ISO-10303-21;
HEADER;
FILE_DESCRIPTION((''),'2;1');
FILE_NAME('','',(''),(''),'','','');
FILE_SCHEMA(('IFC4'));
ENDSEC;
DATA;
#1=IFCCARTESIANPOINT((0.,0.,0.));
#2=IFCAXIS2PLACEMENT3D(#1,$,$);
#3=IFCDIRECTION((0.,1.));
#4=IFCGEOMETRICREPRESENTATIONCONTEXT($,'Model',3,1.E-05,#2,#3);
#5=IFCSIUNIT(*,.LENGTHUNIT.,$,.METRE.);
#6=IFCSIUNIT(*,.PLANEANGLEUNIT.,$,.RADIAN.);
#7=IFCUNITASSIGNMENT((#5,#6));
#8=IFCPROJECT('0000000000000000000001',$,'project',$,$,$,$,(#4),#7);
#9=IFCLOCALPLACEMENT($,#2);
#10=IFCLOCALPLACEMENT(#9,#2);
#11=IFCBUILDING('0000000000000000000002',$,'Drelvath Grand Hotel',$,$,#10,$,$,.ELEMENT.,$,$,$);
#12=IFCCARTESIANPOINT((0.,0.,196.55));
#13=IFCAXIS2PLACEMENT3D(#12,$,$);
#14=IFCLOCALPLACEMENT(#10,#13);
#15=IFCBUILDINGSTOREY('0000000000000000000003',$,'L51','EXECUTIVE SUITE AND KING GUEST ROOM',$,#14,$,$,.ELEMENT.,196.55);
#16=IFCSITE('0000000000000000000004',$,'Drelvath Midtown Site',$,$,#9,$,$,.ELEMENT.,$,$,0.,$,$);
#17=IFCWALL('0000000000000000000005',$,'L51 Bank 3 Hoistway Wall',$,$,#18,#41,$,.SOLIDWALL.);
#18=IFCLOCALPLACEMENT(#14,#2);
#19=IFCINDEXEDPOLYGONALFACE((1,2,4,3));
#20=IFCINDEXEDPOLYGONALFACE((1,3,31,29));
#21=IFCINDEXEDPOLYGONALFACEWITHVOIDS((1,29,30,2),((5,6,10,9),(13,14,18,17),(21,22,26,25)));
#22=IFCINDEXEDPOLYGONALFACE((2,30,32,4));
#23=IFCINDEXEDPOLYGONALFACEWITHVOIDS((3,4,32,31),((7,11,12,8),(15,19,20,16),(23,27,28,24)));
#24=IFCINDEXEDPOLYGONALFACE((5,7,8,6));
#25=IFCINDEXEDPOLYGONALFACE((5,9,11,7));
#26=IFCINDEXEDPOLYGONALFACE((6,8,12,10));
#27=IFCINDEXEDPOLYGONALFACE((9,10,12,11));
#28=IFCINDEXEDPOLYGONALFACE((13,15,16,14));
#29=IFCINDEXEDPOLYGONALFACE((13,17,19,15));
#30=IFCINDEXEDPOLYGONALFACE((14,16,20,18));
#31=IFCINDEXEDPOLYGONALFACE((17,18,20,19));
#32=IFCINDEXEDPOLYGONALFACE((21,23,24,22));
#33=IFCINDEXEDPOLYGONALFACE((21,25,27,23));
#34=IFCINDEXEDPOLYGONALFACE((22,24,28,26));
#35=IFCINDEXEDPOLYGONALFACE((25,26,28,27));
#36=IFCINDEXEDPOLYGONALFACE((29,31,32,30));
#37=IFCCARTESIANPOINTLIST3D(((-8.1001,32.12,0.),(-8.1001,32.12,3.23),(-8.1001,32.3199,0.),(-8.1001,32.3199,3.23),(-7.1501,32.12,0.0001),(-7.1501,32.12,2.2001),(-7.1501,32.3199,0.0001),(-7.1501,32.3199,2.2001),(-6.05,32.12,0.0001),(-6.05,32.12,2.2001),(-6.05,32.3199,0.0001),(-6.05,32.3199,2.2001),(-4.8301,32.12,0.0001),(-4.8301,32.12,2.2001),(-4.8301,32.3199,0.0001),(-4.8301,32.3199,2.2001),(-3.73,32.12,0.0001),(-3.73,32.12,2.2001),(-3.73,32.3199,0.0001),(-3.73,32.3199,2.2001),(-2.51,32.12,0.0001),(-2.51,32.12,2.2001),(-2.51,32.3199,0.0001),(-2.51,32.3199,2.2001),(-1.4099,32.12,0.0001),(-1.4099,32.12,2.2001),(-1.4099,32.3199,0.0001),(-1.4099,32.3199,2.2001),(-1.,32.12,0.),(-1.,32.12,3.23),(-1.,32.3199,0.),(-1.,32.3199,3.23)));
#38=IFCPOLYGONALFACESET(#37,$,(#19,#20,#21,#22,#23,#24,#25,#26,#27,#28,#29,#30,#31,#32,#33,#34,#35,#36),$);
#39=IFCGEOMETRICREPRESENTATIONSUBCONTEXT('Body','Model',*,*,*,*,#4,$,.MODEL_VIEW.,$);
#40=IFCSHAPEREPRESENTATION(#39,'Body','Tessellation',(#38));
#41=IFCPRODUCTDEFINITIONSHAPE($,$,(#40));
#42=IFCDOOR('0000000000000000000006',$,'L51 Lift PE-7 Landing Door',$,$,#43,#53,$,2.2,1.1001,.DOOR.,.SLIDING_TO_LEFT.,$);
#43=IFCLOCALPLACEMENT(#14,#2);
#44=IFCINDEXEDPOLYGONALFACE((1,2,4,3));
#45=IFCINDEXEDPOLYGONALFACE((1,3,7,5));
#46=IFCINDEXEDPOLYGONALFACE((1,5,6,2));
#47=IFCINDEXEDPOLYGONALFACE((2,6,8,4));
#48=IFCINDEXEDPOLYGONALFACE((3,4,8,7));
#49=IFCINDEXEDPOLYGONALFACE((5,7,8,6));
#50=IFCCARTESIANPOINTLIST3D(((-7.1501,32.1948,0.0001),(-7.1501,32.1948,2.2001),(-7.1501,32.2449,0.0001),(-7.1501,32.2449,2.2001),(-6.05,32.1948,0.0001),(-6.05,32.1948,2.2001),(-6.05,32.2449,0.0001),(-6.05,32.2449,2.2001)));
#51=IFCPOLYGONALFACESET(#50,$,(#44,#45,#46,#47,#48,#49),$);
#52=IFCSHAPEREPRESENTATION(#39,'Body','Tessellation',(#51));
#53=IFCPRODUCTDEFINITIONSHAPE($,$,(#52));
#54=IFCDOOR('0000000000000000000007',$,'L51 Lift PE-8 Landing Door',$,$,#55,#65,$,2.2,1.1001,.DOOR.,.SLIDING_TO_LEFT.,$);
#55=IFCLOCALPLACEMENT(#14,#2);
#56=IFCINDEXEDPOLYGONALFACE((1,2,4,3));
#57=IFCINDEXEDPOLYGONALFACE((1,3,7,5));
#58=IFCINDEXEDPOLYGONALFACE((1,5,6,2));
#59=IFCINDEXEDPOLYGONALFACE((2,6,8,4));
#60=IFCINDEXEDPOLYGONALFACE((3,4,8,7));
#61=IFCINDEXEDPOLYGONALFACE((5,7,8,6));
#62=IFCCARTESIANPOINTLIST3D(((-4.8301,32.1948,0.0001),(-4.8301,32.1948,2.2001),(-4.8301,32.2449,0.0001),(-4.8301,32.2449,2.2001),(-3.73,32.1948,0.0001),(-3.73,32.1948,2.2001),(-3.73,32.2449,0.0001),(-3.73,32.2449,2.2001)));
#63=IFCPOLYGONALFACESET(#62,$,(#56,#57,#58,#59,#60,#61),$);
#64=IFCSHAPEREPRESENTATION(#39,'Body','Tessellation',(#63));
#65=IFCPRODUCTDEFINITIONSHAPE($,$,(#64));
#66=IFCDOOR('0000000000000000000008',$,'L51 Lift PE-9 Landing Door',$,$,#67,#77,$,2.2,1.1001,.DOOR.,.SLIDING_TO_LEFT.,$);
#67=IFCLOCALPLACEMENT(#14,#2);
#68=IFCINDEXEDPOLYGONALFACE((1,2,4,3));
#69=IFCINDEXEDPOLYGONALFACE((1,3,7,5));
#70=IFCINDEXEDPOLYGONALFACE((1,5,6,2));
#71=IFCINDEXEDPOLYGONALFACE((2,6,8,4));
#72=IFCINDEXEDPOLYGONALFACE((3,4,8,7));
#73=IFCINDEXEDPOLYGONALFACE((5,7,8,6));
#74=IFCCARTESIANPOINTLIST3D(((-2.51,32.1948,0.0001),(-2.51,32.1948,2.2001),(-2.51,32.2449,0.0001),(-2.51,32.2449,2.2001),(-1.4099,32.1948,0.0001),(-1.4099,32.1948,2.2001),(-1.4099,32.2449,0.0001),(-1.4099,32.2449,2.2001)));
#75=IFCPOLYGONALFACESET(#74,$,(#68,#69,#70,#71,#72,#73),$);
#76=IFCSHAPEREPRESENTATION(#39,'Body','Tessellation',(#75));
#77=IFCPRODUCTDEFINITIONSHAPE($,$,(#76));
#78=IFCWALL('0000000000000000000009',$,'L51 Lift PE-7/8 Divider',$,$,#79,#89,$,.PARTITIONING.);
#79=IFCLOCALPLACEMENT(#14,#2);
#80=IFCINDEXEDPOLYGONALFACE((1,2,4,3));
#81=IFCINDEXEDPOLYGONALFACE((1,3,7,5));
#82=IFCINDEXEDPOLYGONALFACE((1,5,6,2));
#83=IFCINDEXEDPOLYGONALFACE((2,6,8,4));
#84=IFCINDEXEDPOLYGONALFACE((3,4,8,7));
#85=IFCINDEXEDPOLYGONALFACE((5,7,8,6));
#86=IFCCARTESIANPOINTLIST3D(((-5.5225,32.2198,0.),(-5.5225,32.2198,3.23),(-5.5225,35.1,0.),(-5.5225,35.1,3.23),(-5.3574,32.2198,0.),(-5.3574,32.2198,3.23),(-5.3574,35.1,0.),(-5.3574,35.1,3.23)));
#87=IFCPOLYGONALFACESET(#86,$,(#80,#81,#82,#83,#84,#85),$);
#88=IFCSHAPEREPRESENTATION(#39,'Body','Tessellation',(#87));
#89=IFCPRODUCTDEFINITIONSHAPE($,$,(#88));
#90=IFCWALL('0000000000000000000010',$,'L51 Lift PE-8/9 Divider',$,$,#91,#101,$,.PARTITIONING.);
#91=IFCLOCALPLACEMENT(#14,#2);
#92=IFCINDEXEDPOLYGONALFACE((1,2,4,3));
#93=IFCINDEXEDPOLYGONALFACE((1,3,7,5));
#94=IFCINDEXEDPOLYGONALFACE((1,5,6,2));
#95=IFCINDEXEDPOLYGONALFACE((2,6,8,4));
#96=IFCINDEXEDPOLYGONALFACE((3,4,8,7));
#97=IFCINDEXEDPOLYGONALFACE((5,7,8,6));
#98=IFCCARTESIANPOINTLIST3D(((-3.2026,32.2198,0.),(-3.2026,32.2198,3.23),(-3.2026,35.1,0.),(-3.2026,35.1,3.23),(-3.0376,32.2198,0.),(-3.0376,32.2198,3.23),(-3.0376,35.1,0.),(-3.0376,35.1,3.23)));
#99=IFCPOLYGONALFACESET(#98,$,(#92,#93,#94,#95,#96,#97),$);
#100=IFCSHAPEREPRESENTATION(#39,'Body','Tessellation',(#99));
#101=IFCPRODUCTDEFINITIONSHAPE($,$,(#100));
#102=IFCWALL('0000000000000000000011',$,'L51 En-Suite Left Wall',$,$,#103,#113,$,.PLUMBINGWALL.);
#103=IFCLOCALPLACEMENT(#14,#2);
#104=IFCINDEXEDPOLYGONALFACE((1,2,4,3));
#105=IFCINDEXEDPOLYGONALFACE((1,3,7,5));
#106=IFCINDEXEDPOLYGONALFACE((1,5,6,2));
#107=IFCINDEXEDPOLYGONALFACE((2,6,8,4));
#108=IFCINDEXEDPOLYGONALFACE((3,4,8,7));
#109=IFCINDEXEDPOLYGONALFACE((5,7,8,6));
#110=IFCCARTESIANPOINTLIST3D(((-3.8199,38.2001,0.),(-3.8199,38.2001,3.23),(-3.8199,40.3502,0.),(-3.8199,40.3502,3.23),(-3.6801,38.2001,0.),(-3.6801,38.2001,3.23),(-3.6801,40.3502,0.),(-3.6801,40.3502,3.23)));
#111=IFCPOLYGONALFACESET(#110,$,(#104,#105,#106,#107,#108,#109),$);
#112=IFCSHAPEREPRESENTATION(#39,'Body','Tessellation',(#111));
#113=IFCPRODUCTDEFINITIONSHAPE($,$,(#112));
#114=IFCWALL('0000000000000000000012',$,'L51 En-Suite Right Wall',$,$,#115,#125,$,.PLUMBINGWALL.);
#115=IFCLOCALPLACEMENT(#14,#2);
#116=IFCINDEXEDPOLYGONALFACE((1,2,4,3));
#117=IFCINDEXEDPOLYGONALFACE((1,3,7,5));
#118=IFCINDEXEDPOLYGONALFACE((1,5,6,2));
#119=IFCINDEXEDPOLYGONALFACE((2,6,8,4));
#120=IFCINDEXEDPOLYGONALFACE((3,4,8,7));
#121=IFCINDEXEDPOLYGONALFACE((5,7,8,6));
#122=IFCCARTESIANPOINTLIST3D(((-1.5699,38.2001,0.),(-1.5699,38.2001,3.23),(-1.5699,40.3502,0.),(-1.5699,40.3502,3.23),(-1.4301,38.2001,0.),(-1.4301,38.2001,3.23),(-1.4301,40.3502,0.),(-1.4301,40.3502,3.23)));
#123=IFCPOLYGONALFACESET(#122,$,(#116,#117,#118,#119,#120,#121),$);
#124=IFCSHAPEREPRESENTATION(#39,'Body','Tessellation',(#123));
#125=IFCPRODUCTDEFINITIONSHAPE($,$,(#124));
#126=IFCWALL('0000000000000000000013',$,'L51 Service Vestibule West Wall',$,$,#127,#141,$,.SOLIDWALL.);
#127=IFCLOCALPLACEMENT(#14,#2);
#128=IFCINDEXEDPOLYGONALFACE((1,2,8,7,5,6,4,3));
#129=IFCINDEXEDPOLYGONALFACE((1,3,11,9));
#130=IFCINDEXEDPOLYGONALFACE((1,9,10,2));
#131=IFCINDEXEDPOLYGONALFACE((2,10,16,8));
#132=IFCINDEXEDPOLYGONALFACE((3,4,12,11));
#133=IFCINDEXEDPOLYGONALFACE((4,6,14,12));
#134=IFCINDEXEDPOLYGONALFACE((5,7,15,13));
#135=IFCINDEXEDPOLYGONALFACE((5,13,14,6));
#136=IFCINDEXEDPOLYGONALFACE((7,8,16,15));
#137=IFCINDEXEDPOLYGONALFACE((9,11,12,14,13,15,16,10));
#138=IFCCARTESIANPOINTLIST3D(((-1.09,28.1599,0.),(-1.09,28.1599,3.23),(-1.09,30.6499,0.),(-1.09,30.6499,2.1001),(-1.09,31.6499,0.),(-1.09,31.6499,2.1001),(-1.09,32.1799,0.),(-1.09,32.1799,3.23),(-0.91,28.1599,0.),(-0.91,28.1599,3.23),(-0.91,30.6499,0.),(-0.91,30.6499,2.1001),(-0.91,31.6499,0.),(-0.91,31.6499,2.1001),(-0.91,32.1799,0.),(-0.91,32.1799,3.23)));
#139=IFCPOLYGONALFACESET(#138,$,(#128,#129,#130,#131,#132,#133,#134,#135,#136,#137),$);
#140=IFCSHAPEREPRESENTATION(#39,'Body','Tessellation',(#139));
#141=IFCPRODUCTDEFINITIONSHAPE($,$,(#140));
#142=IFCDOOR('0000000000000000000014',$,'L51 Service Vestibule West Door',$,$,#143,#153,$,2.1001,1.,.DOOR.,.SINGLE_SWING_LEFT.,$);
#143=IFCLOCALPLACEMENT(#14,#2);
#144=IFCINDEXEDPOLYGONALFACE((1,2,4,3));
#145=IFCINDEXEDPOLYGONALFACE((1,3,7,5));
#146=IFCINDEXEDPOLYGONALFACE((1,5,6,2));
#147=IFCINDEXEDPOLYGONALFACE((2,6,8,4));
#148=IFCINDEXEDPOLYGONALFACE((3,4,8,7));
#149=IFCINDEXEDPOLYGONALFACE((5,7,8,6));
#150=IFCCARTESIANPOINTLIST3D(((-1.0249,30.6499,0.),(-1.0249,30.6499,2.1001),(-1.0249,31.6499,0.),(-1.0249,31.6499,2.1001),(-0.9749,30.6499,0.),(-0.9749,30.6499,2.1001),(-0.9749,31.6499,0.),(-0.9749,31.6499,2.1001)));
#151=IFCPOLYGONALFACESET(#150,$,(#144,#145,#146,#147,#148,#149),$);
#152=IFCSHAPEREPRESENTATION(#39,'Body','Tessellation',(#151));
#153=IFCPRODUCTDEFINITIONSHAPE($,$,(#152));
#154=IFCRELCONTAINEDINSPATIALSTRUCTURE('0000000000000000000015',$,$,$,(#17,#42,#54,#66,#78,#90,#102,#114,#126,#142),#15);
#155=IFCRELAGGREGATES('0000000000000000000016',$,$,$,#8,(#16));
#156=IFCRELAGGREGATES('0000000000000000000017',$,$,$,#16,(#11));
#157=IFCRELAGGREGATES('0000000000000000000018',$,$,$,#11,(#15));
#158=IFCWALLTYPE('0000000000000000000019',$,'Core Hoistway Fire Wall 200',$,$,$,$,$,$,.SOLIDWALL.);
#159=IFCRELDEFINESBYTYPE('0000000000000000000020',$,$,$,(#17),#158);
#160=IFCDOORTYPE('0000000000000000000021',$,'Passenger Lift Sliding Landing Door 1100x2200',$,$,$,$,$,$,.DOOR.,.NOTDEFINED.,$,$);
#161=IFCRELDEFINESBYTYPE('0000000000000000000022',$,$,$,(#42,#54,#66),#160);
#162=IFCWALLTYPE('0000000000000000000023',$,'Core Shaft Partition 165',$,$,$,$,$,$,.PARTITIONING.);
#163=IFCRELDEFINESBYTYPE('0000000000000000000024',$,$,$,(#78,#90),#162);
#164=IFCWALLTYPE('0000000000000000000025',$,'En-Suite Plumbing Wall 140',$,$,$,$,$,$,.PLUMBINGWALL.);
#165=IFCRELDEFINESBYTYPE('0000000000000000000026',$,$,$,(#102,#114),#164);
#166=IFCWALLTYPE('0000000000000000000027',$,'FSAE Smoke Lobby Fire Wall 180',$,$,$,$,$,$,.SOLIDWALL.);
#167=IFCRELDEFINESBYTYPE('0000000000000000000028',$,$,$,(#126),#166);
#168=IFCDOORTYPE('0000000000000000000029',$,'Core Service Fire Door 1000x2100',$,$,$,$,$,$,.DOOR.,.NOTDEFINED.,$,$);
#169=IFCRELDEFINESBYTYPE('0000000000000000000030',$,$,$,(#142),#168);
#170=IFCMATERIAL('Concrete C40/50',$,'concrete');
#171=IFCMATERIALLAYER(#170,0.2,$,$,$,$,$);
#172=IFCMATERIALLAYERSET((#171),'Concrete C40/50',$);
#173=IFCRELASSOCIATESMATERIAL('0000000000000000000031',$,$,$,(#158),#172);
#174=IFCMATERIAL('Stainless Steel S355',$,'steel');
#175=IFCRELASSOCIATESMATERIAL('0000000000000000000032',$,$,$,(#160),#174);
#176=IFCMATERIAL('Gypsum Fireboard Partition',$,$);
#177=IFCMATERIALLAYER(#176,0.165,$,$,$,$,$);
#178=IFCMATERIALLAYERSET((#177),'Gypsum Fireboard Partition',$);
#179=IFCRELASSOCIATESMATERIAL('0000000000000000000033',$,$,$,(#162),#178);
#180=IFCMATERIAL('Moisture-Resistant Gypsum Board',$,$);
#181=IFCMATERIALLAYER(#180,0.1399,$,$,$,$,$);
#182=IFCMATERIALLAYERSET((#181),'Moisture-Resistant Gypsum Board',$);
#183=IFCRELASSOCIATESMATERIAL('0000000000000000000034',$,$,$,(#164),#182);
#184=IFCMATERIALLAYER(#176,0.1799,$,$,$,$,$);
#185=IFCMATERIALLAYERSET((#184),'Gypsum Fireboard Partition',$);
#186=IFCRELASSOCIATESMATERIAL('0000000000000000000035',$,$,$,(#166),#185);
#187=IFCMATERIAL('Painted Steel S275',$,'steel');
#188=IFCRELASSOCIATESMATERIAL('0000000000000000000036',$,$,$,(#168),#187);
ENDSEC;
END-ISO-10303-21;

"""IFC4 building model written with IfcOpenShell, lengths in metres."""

from ifc_helpers import new_model, si_unit, direction, frame, frame_2d, origin, place, context, subcontext, project, spatial, rectangle, extrude, material, layer, layer_set, type_object, element, fill, save


model = new_model("IFC4")

# Units and contexts
model_context = context("Model", 3, precision=1e-05, world=origin(), true_north=direction((0.0, 1.0)))
body_context = subcontext(model_context, "Body", "Model", "MODEL_VIEW")
ifc_project = project(units=[si_unit("LENGTHUNIT", "METRE"), si_unit("PLANEANGLEUNIT", "RADIAN")], contexts=[model_context])

# Site, building, storey
site_placement = place(None, origin())
site = spatial("IfcSite", under=ifc_project, at=site_placement, Name="Drelvath Midtown Site", CompositionType="ELEMENT", RefElevation=0.0)
building_placement = place(site_placement, origin())
building = spatial("IfcBuilding", under=site, at=building_placement, Name="Drelvath Grand Hotel", CompositionType="ELEMENT")
storey_placement = place(building_placement, frame((0.0, 0.0, 196.55)))
storey = spatial("IfcBuildingStorey", under=building, at=storey_placement, Name="L51", Description="EXECUTIVE SUITE AND KING GUEST ROOM", CompositionType="ELEMENT", Elevation=196.55)

# Shared definitions
ifc_material_1 = material(Name="Painted Steel S275", Category="steel")

# Wall, openings, doors
ifc_material_2 = material(Name="Concrete C40/50", Category="concrete")
ifc_layer_1 = layer(ifc_material_2, 0.2)
ifc_layer_set_1 = layer_set([ifc_layer_1], Name="Concrete C40/50")
wall_type_1 = type_object("IfcWallType", Name="Core Hoistway Fire Wall 200", PredefinedType="SOLIDWALL", material=ifc_layer_set_1)
ifc_material_3 = material(Name="Stainless Steel S355", Category="steel")
wall_1_placement = place(storey_placement, frame((-8.1001, 32.22, 0.0), z_axis=(0.0, 0.0, 1.0), x_axis=(1.0, 0.0, 0.0)))
wall_1 = element("IfcWall", 1, at=wall_1_placement, inside=storey, type_object=wall_type_1, Name="L51 Bank 3 Hoistway Wall", PredefinedType="SOLIDWALL", context=body_context, shape_type="SweptSolid", body=[
    extrude(rectangle(XDim=7.1001, YDim=0.2, at=frame_2d((3.55, 0.0))), origin(), (0.0, 0.0, 1.0), 3.23),
])
opening_1_placement = place(wall_1_placement, frame((0.95, 0.0, 0.0)))
opening_1 = element("IfcOpeningElement", 2, at=opening_1_placement, cuts=wall_1, PredefinedType="OPENING", context=body_context, shape_type="SweptSolid", body=[
    extrude(rectangle(XDim=1.1001, YDim=2.2, at=frame_2d((0.55, 1.1001))), frame((0.0, 0.1099, 0.0), z_axis=(0.0, -1.0, 0.0), x_axis=(1.0, 0.0, 0.0)), (0.0, 0.0, 1.0), 0.22),
])
opening_2_placement = place(wall_1_placement, frame((3.27, 0.0, 0.0)))
opening_2 = element("IfcOpeningElement", 3, at=opening_2_placement, cuts=wall_1, PredefinedType="OPENING", context=body_context, shape_type="SweptSolid", body=[
    extrude(rectangle(XDim=1.1001, YDim=2.2, at=frame_2d((0.55, 1.1001))), frame((0.0, 0.1099, 0.0), z_axis=(0.0, -1.0, 0.0), x_axis=(1.0, 0.0, 0.0)), (0.0, 0.0, 1.0), 0.22),
])
opening_3_placement = place(wall_1_placement, frame((5.5901, 0.0, 0.0)))
opening_3 = element("IfcOpeningElement", 4, at=opening_3_placement, cuts=wall_1, PredefinedType="OPENING", context=body_context, shape_type="SweptSolid", body=[
    extrude(rectangle(XDim=1.1001, YDim=2.2, at=frame_2d((0.55, 1.1001))), frame((0.0, 0.1099, 0.0), z_axis=(0.0, -1.0, 0.0), x_axis=(1.0, 0.0, 0.0)), (0.0, 0.0, 1.0), 0.22),
])
door_type_1 = type_object("IfcDoorType", Name="Passenger Lift Sliding Landing Door 1100x2200", OperationType="NOTDEFINED", PredefinedType="DOOR", material=ifc_material_3)
door_1_placement = place(opening_1_placement, origin())
door_1 = element("IfcDoor", 5, at=door_1_placement, inside=storey, type_object=door_type_1, Name="L51 Lift PE-7 Landing Door", OperationType="SLIDING_TO_LEFT", OverallHeight=2.2, OverallWidth=1.1001, PredefinedType="DOOR", context=body_context, shape_type="SweptSolid", body=[
    extrude(rectangle(XDim=1.1001, YDim=2.2, at=frame_2d((0.55, 1.1001))), frame((0.0, 0.0249, 0.0), z_axis=(0.0, -1.0, 0.0), x_axis=(1.0, 0.0, 0.0)), (0.0, 0.0, 1.0), 0.05),
])
fill(opening_1, door_1)
door_2_placement = place(opening_2_placement, origin())
door_2 = element("IfcDoor", 6, at=door_2_placement, inside=storey, type_object=door_type_1, Name="L51 Lift PE-8 Landing Door", OperationType="SLIDING_TO_LEFT", OverallHeight=2.2, OverallWidth=1.1001, PredefinedType="DOOR", context=body_context, shape_type="SweptSolid", body=[
    extrude(rectangle(XDim=1.1001, YDim=2.2, at=frame_2d((0.55, 1.1001))), frame((0.0, 0.0249, 0.0), z_axis=(0.0, -1.0, 0.0), x_axis=(1.0, 0.0, 0.0)), (0.0, 0.0, 1.0), 0.05),
])
fill(opening_2, door_2)
door_3_placement = place(opening_3_placement, origin())
door_3 = element("IfcDoor", 7, at=door_3_placement, inside=storey, type_object=door_type_1, Name="L51 Lift PE-9 Landing Door", OperationType="SLIDING_TO_LEFT", OverallHeight=2.2, OverallWidth=1.1001, PredefinedType="DOOR", context=body_context, shape_type="SweptSolid", body=[
    extrude(rectangle(XDim=1.1001, YDim=2.2, at=frame_2d((0.55, 1.1001))), frame((0.0, 0.0249, 0.0), z_axis=(0.0, -1.0, 0.0), x_axis=(1.0, 0.0, 0.0)), (0.0, 0.0, 1.0), 0.05),
])
fill(opening_3, door_3)

# Walls
ifc_material_4 = material(Name="Gypsum Fireboard Partition")
ifc_layer_2 = layer(ifc_material_4, 0.165)
ifc_layer_set_2 = layer_set([ifc_layer_2], Name="Gypsum Fireboard Partition")
wall_type_2 = type_object("IfcWallType", Name="Core Shaft Partition 165", PredefinedType="PARTITIONING", material=ifc_layer_set_2)
for number, where, z_axis, x_axis, name in (
    (8, (-5.4399, 32.22, 0.0), (0.0, 0.0, 1.0), (0.0, 1.0, 0.0), "L51 Lift PE-7/8 Divider"),
    (9, (-3.1201, 32.22, 0.0), (0.0, 0.0, 1.0), (0.0, 1.0, 0.0), "L51 Lift PE-8/9 Divider"),
):
    element("IfcWall", number, at=place(storey_placement, frame(where, z_axis=z_axis, x_axis=x_axis)), inside=storey, type_object=wall_type_2, Name=name, PredefinedType="PARTITIONING", context=body_context, shape_type="SweptSolid", body=[
        extrude(rectangle(XDim=2.8801, YDim=0.165, at=frame_2d((1.4399, 0.0))), origin(), (0.0, 0.0, 1.0), 3.23),
    ])
ifc_material_5 = material(Name="Moisture-Resistant Gypsum Board")
ifc_layer_3 = layer(ifc_material_5, 0.1399)
ifc_layer_set_3 = layer_set([ifc_layer_3], Name="Moisture-Resistant Gypsum Board")
wall_type_3 = type_object("IfcWallType", Name="En-Suite Plumbing Wall 140", PredefinedType="PLUMBINGWALL", material=ifc_layer_set_3)
for number, where, z_axis, x_axis, name in (
    (10, (-3.75, 38.2, 0.0), (0.0, 0.0, 1.0), (0.0, 1.0, 0.0), "L51 En-Suite Left Wall"),
    (11, (-1.5, 38.2, 0.0), (0.0, 0.0, 1.0), (0.0, 1.0, 0.0), "L51 En-Suite Right Wall"),
):
    element("IfcWall", number, at=place(storey_placement, frame(where, z_axis=z_axis, x_axis=x_axis)), inside=storey, type_object=wall_type_3, Name=name, PredefinedType="PLUMBINGWALL", context=body_context, shape_type="SweptSolid", body=[
        extrude(rectangle(XDim=2.1501, YDim=0.1399, at=frame_2d((1.0752, 0.0))), origin(), (0.0, 0.0, 1.0), 3.23),
    ])

# Wall, opening, door
ifc_layer_4 = layer(ifc_material_4, 0.1799)
ifc_layer_set_4 = layer_set([ifc_layer_4], Name="Gypsum Fireboard Partition")
wall_type_4 = type_object("IfcWallType", Name="FSAE Smoke Lobby Fire Wall 180", PredefinedType="SOLIDWALL", material=ifc_layer_set_4)
wall_2_placement = place(storey_placement, frame((-1.0, 28.1599, 0.0), z_axis=(0.0, 0.0, 1.0), x_axis=(0.0, 1.0, 0.0)))
wall_2 = element("IfcWall", 12, at=wall_2_placement, inside=storey, type_object=wall_type_4, Name="L51 Service Vestibule West Wall", PredefinedType="SOLIDWALL", context=body_context, shape_type="SweptSolid", body=[
    extrude(rectangle(XDim=4.02, YDim=0.1799, at=frame_2d((2.01, 0.0))), origin(), (0.0, 0.0, 1.0), 3.23),
])
opening_4_placement = place(wall_2_placement, frame((2.49, 0.0, 0.0)))
opening_4 = element("IfcOpeningElement", 13, at=opening_4_placement, cuts=wall_2, PredefinedType="OPENING", context=body_context, shape_type="SweptSolid", body=[
    extrude(rectangle(XDim=1.0, YDim=2.1001, at=frame_2d((0.5, 1.05))), frame((0.0, 0.0999, 0.0), z_axis=(0.0, -1.0, 0.0), x_axis=(1.0, 0.0, 0.0)), (0.0, 0.0, 1.0), 0.2),
])
door_type_2 = type_object("IfcDoorType", Name="Core Service Fire Door 1000x2100", OperationType="NOTDEFINED", PredefinedType="DOOR", material=ifc_material_1)
door_4_placement = place(opening_4_placement, origin())
door_4 = element("IfcDoor", 14, at=door_4_placement, inside=storey, type_object=door_type_2, Name="L51 Service Vestibule West Door", OperationType="SINGLE_SWING_LEFT", OverallHeight=2.1001, OverallWidth=1.0, PredefinedType="DOOR", context=body_context, shape_type="SweptSolid", body=[
    extrude(rectangle(XDim=1.0, YDim=2.1001, at=frame_2d((0.5, 1.05))), frame((0.0, 0.0249, 0.0), z_axis=(0.0, -1.0, 0.0), x_axis=(1.0, 0.0, 0.0)), (0.0, 0.0, 1.0), 0.05),
])
fill(opening_4, door_4)

save(model, "model.ifc")
